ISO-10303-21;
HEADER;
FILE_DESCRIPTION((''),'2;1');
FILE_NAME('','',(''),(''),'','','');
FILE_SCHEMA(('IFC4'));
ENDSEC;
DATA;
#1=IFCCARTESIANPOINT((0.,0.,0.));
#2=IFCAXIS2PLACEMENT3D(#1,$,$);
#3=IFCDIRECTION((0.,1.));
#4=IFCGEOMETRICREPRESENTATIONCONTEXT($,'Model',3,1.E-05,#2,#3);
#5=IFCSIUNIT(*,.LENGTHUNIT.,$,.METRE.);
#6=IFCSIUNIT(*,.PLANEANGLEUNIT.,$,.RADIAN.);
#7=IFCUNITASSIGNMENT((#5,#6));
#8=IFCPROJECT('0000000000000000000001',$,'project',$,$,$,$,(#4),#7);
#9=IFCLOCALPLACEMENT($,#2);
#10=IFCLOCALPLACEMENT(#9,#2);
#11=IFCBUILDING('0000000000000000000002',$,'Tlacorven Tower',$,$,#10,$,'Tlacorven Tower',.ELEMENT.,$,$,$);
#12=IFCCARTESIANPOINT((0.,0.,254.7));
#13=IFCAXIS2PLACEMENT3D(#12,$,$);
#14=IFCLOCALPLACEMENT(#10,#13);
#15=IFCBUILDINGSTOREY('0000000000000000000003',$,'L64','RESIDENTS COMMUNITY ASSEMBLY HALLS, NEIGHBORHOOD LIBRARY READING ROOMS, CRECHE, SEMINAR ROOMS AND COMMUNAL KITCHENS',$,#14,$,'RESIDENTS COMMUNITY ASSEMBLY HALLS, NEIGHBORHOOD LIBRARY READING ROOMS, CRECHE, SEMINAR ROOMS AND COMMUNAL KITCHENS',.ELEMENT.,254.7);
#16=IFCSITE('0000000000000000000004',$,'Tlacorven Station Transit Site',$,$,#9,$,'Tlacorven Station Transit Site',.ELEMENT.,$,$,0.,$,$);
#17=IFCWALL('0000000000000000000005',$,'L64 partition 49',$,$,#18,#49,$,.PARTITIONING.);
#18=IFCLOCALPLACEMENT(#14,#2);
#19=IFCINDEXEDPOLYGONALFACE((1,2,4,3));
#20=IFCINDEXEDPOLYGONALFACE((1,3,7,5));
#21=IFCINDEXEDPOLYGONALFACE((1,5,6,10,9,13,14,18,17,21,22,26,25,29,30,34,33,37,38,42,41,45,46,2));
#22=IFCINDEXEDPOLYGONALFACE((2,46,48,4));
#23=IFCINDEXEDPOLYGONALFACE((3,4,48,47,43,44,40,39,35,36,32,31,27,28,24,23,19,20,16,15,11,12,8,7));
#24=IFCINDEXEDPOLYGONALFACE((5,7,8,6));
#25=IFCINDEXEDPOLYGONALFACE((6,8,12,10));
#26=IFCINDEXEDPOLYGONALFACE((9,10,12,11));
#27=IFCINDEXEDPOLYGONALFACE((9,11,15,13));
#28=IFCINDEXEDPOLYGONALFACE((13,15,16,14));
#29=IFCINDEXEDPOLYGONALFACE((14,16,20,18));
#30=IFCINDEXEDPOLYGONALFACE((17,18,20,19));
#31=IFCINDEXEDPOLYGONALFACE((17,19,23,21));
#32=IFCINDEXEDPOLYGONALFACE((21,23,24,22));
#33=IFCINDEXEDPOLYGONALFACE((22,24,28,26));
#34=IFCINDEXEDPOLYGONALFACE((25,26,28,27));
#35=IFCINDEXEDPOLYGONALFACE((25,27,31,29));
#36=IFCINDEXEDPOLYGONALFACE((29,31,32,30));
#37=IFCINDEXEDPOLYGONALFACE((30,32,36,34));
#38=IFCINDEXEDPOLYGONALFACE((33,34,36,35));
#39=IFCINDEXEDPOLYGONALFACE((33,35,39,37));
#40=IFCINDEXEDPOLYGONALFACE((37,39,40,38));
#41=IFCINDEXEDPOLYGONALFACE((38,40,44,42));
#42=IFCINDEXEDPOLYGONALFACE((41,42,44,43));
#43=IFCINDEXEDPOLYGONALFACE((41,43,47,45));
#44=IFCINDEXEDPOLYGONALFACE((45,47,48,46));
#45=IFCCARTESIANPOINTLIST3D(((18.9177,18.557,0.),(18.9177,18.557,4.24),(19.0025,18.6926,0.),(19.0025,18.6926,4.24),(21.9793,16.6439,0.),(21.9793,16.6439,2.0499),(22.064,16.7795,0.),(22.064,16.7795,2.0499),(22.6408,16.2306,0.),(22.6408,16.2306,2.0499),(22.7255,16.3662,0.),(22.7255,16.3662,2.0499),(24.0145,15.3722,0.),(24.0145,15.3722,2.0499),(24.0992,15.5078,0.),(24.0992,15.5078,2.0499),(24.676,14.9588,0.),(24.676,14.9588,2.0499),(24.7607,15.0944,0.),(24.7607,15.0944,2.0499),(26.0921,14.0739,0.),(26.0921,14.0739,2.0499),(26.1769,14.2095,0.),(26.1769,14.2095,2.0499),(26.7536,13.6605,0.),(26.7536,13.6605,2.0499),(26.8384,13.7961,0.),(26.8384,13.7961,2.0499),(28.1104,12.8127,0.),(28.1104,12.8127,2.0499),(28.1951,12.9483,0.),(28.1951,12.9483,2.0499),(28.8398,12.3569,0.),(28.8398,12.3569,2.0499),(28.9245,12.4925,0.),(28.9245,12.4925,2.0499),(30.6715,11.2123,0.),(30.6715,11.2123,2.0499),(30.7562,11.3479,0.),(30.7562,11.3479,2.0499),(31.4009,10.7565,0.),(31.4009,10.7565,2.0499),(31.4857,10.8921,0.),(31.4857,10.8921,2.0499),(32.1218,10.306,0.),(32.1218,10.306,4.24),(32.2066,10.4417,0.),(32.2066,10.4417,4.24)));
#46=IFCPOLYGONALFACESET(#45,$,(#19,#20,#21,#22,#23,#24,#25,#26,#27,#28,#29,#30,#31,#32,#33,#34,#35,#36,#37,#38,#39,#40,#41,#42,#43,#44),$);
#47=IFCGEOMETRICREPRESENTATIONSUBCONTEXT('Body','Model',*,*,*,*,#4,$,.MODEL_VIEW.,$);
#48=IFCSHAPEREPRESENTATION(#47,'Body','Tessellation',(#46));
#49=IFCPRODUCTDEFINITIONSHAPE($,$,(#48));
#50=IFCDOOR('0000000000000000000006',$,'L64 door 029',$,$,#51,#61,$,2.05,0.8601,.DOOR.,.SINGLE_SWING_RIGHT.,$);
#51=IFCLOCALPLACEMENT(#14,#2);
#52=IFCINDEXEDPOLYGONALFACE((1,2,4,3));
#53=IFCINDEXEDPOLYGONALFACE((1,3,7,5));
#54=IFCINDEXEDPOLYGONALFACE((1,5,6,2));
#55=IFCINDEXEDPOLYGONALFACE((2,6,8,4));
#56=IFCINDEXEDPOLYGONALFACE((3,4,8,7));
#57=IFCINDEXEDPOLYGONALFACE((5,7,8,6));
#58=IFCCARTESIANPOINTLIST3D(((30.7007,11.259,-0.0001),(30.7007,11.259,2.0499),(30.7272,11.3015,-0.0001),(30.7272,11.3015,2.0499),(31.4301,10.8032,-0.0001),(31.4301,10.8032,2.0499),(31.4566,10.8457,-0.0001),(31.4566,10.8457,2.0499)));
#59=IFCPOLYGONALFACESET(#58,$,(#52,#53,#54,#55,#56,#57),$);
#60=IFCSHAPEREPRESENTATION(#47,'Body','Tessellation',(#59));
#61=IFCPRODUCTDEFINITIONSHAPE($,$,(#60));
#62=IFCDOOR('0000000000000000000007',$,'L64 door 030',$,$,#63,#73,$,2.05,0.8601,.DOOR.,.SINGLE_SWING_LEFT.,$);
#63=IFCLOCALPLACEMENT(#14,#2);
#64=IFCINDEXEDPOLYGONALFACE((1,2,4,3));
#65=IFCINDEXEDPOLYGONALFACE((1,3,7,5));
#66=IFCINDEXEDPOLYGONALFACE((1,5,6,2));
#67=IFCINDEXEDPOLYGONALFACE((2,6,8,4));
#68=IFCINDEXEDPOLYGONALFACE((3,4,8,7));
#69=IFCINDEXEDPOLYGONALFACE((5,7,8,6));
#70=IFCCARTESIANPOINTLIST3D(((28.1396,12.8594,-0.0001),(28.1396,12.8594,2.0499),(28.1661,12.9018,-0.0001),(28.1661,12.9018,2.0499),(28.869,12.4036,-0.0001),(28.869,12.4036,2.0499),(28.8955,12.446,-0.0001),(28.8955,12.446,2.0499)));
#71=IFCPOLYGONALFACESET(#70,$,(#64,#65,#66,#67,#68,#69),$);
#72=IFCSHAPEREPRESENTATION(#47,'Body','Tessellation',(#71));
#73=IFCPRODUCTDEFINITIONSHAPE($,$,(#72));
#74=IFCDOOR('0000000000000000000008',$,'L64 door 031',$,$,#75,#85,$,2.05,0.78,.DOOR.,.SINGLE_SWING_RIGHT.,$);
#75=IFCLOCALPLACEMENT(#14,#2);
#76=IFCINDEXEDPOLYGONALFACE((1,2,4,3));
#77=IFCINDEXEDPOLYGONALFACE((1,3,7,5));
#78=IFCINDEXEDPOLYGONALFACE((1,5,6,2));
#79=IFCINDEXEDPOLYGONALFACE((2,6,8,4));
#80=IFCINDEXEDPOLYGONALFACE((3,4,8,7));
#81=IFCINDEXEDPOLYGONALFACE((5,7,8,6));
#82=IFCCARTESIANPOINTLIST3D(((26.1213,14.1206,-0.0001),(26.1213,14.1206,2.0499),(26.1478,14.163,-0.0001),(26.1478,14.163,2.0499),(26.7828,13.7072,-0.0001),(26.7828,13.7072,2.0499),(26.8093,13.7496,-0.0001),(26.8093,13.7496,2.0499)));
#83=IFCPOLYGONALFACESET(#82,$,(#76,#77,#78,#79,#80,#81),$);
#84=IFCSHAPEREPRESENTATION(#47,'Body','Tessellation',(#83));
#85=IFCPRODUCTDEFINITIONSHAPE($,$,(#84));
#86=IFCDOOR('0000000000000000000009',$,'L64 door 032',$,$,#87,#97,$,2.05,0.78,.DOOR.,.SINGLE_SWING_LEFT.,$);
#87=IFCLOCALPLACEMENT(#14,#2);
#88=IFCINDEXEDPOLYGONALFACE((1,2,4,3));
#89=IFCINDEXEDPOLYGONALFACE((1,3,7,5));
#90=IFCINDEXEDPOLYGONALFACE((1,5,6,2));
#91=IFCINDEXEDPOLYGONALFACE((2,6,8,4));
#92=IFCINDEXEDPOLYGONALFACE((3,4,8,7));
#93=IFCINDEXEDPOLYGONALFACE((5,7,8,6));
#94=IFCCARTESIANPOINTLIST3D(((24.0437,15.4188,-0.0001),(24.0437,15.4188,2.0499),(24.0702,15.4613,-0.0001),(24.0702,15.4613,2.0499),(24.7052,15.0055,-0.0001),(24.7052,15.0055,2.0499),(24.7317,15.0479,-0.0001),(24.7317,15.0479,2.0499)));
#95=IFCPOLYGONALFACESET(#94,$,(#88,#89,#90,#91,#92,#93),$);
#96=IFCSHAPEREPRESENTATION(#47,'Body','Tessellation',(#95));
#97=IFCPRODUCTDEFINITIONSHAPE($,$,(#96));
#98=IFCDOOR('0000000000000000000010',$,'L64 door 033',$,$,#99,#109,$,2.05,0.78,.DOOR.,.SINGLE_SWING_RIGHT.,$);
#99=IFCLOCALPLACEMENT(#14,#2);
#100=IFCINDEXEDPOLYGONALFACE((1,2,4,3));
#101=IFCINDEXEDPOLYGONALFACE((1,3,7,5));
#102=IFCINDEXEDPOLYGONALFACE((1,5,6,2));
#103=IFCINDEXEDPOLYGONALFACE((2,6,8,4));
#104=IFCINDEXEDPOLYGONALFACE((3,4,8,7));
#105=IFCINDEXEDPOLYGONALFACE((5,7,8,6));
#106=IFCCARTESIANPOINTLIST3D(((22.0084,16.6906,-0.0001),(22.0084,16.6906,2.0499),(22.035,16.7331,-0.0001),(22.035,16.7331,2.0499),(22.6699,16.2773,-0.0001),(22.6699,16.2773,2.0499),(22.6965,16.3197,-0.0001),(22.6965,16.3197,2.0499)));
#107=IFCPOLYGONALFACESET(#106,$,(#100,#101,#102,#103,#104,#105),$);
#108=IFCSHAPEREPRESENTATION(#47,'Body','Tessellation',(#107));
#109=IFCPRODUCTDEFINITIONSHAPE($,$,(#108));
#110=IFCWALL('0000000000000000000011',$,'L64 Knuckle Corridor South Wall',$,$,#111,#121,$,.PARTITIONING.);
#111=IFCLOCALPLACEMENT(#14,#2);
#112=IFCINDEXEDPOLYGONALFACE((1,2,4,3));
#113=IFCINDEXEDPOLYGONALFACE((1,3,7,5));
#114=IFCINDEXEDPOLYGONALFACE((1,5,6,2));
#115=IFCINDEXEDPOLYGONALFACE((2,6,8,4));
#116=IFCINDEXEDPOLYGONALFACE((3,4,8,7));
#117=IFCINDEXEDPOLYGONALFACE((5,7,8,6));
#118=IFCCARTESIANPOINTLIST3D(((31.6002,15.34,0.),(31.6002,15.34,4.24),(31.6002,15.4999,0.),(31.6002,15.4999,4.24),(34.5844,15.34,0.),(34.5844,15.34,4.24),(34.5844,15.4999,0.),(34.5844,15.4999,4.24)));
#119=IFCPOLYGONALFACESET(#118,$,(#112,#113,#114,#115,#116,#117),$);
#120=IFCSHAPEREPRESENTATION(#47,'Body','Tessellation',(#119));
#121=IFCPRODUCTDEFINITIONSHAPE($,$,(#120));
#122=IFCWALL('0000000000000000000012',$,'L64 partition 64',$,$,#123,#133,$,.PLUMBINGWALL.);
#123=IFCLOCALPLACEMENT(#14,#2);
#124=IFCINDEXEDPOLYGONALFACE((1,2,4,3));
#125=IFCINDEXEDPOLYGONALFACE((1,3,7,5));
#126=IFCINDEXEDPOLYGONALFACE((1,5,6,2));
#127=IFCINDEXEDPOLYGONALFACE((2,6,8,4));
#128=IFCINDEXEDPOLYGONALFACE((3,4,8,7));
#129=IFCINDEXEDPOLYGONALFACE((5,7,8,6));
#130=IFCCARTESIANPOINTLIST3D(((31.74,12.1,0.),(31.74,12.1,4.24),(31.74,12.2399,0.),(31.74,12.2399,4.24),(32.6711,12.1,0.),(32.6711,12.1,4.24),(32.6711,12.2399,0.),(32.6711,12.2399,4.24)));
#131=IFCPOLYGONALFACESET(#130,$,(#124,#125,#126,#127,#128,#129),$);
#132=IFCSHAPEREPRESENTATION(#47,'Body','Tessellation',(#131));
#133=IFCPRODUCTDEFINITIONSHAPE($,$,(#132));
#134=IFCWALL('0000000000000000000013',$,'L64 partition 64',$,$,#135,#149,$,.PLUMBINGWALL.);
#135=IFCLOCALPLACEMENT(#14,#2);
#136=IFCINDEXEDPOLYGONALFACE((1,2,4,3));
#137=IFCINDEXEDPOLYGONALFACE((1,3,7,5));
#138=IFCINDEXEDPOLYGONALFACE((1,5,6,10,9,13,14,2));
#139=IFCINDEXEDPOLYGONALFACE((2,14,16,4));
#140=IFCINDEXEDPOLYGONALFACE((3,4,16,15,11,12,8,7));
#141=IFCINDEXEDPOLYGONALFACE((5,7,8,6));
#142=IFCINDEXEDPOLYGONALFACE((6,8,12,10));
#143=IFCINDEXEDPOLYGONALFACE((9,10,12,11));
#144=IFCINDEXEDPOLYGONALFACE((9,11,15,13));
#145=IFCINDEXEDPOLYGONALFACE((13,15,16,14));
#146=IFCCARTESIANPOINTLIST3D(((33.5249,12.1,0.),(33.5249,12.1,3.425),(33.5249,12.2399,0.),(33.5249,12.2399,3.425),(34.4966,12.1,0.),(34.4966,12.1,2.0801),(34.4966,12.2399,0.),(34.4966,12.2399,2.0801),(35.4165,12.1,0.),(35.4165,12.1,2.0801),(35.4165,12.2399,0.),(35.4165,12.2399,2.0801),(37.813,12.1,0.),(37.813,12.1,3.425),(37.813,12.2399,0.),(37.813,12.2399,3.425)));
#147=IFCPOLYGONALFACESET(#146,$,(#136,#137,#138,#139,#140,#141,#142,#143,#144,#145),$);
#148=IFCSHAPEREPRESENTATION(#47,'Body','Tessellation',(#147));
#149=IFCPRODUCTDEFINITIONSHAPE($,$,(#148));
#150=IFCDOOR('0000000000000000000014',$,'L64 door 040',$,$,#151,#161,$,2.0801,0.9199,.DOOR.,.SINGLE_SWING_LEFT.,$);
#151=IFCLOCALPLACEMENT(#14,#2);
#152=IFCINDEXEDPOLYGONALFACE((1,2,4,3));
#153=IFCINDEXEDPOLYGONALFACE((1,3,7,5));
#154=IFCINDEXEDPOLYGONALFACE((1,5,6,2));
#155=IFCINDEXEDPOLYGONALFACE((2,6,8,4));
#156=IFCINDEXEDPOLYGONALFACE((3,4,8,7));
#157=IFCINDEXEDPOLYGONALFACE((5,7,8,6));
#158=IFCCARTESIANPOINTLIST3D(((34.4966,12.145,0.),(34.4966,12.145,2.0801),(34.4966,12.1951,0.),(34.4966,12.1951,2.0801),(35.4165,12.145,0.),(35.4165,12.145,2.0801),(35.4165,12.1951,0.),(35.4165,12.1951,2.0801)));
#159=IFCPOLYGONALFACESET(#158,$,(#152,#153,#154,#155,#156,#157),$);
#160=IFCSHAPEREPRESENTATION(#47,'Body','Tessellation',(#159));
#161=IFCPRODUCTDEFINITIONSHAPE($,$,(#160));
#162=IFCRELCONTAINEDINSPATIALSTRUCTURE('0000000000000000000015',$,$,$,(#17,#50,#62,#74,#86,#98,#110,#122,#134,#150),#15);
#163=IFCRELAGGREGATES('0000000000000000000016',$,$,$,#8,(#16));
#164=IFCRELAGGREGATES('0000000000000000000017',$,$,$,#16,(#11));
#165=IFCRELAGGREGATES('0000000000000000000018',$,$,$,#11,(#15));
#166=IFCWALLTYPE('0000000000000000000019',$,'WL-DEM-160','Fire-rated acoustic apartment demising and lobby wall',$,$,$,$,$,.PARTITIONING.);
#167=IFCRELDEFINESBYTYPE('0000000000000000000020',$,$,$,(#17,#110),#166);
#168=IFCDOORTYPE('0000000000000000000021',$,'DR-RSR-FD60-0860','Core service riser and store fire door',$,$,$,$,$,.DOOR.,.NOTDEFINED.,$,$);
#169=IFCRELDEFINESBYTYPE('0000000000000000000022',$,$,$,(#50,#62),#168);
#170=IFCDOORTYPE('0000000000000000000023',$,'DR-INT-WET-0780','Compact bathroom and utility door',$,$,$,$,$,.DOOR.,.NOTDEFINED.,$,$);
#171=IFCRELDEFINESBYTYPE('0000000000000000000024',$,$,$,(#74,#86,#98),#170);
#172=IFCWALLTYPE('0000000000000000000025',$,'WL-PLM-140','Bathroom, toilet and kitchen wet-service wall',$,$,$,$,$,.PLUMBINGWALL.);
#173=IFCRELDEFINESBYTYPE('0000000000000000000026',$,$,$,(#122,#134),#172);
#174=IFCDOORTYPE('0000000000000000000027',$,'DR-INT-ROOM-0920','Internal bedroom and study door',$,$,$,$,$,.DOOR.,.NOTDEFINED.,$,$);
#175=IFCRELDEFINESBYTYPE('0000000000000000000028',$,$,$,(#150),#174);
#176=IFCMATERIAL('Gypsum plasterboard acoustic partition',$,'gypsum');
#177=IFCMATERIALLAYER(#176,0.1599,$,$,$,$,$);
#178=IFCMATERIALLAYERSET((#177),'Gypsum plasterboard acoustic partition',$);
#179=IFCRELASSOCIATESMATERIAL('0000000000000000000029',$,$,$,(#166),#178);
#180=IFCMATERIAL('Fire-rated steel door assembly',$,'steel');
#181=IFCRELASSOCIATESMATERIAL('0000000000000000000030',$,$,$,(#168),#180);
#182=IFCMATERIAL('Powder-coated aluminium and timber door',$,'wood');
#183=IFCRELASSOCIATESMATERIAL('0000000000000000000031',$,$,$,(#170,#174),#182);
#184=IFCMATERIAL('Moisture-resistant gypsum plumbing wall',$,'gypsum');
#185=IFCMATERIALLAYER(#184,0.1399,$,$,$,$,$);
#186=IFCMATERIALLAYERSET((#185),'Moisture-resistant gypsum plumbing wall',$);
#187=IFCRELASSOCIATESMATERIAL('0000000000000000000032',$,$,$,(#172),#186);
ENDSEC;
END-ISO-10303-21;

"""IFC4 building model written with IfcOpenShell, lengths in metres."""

from ifc_helpers import new_model, si_unit, direction, frame, frame_2d, origin, place, context, subcontext, project, spatial, rectangle, extrude, source, transform, mapped, material, layer, layer_set, type_object, element, fill, save


model = new_model("IFC4")

# Units and contexts
model_context = context("Model", 3, precision=1e-05, world=origin(), true_north=direction((0.0, 1.0)))
body_context = subcontext(model_context, "Body", "Model", "MODEL_VIEW")
ifc_project = project(units=[si_unit("LENGTHUNIT", "METRE"), si_unit("PLANEANGLEUNIT", "RADIAN")], contexts=[model_context])

# Site, building, storey
site_placement = place(None, origin())
site = spatial("IfcSite", under=ifc_project, at=site_placement, Name="Tlacorven Station Transit Site", LongName="Tlacorven Station Transit Site", CompositionType="ELEMENT", RefElevation=0.0)
building_placement = place(site_placement, origin())
building = spatial("IfcBuilding", under=site, at=building_placement, Name="Tlacorven Tower", LongName="Tlacorven Tower", CompositionType="ELEMENT")
storey_placement = place(building_placement, frame((0.0, 0.0, 254.7)))
storey = spatial("IfcBuildingStorey", under=building, at=storey_placement, Name="L64", Description="RESIDENTS COMMUNITY ASSEMBLY HALLS, NEIGHBORHOOD LIBRARY READING ROOMS, CRECHE, SEMINAR ROOMS AND COMMUNAL KITCHENS", LongName="RESIDENTS COMMUNITY ASSEMBLY HALLS, NEIGHBORHOOD LIBRARY READING ROOMS, CRECHE, SEMINAR ROOMS AND COMMUNAL KITCHENS", CompositionType="ELEMENT", Elevation=254.7)

# Wall, openings, doors
ifc_material_1 = material(Name="Gypsum plasterboard acoustic partition", Category="gypsum")
ifc_layer_1 = layer(ifc_material_1, 0.1599)
ifc_layer_set_1 = layer_set([ifc_layer_1], Name="Gypsum plasterboard acoustic partition")
wall_type_1 = type_object("IfcWallType", Name="WL-DEM-160", Description="Fire-rated acoustic apartment demising and lobby wall", PredefinedType="PARTITIONING", material=ifc_layer_set_1)
wall_1_placement = place(storey_placement, frame((32.1643, 10.3738, 0.0), z_axis=(0.0, 0.0, 1.0), x_axis=(-0.848044, 0.529926, 0.0)))
wall_1 = element("IfcWall", 1, at=wall_1_placement, inside=storey, type_object=wall_type_1, Name="L64 partition 49", PredefinedType="PARTITIONING", context=body_context, shape_type="SweptSolid", body=[
    extrude(rectangle(XDim=15.5701, YDim=0.1599, at=frame_2d((7.7852, 0.0))), origin(), (0.0, 0.0, 1.0), 4.24),
])
opening_1_placement = place(wall_1_placement, frame((0.8501, 0.0, 0.0)))
opening_1 = element("IfcOpeningElement", 2, at=opening_1_placement, cuts=wall_1, PredefinedType="OPENING", context=body_context, shape_type="SweptSolid", body=[
    extrude(rectangle(XDim=0.8601, YDim=2.05, at=frame_2d((0.4302, 1.0249))), frame((0.0, 0.0898, 0.0), z_axis=(0.0, -1.0, 0.0), x_axis=(1.0, 0.0, 0.0)), (0.0, 0.0, 1.0), 0.1799),
])
opening_2_placement = place(wall_1_placement, frame((3.8701, 0.0, 0.0)))
opening_2 = element("IfcOpeningElement", 3, at=opening_2_placement, cuts=wall_1, PredefinedType="OPENING", context=body_context, shape_type="SweptSolid", body=[
    extrude(rectangle(XDim=0.8601, YDim=2.05, at=frame_2d((0.4302, 1.0249))), frame((0.0, 0.0898, 0.0), z_axis=(0.0, -1.0, 0.0), x_axis=(1.0, 0.0, 0.0)), (0.0, 0.0, 1.0), 0.1799),
])
opening_3_placement = place(wall_1_placement, frame((6.3301, 0.0, 0.0)))
opening_3 = element("IfcOpeningElement", 4, at=opening_3_placement, cuts=wall_1, PredefinedType="OPENING", context=body_context, shape_type="SweptSolid", body=[
    extrude(rectangle(XDim=0.78, YDim=2.05, at=frame_2d((0.3901, 1.0249))), frame((0.0, 0.0898, 0.0), z_axis=(0.0, -1.0, 0.0), x_axis=(1.0, 0.0, 0.0)), (0.0, 0.0, 1.0), 0.1799),
])
opening_4_placement = place(wall_1_placement, frame((8.78, 0.0, 0.0)))
opening_4 = element("IfcOpeningElement", 5, at=opening_4_placement, cuts=wall_1, PredefinedType="OPENING", context=body_context, shape_type="SweptSolid", body=[
    extrude(rectangle(XDim=0.78, YDim=2.05, at=frame_2d((0.3901, 1.0249))), frame((0.0, 0.0898, 0.0), z_axis=(0.0, -1.0, 0.0), x_axis=(1.0, 0.0, 0.0)), (0.0, 0.0, 1.0), 0.1799),
])
opening_5_placement = place(wall_1_placement, frame((11.1799, 0.0, 0.0)))
opening_5 = element("IfcOpeningElement", 6, at=opening_5_placement, cuts=wall_1, PredefinedType="OPENING", context=body_context, shape_type="SweptSolid", body=[
    extrude(rectangle(XDim=0.78, YDim=2.05, at=frame_2d((0.3901, 1.0249))), frame((0.0, 0.0898, 0.0), z_axis=(0.0, -1.0, 0.0), x_axis=(1.0, 0.0, 0.0)), (0.0, 0.0, 1.0), 0.1799),
])
ifc_material_2 = material(Name="Fire-rated steel door assembly", Category="steel")
door_type_1 = type_object("IfcDoorType", Name="DR-RSR-FD60-0860", Description="Core service riser and store fire door", OperationType="NOTDEFINED", PredefinedType="DOOR", material=ifc_material_2)
shared_shape_1 = source(origin(), body_context, "Body", "SweptSolid", [
    extrude(rectangle(XDim=0.8601, YDim=2.05, at=frame_2d((0.4302, 1.0249))), frame((0.0, 0.0249, 0.0), z_axis=(0.0, -1.0, 0.0), x_axis=(1.0, 0.0, 0.0)), (0.0, 0.0, 1.0), 0.05),
])
door_1_placement = place(opening_1_placement, origin())
door_1 = element("IfcDoor", 7, at=door_1_placement, inside=storey, type_object=door_type_1, Name="L64 door 029", OperationType="SINGLE_SWING_RIGHT", OverallHeight=2.05, OverallWidth=0.8601, PredefinedType="DOOR", context=body_context, shape_type="MappedRepresentation", body=[
    mapped(shared_shape_1, transform((0.0, 0.0, 0.0), scale=1.0)),
])
fill(opening_1, door_1)
door_2_placement = place(opening_2_placement, origin())
door_2 = element("IfcDoor", 8, at=door_2_placement, inside=storey, type_object=door_type_1, Name="L64 door 030", OperationType="SINGLE_SWING_LEFT", OverallHeight=2.05, OverallWidth=0.8601, PredefinedType="DOOR", context=body_context, shape_type="MappedRepresentation", body=[
    mapped(shared_shape_1, transform((0.0, 0.0, 0.0), scale=1.0)),
])
fill(opening_2, door_2)
ifc_material_3 = material(Name="Powder-coated aluminium and timber door", Category="wood")
door_type_2 = type_object("IfcDoorType", Name="DR-INT-WET-0780", Description="Compact bathroom and utility door", OperationType="NOTDEFINED", PredefinedType="DOOR", material=ifc_material_3)
shared_shape_2 = source(origin(), body_context, "Body", "SweptSolid", [
    extrude(rectangle(XDim=0.78, YDim=2.05, at=frame_2d((0.3901, 1.0249))), frame((0.0, 0.0249, 0.0), z_axis=(0.0, -1.0, 0.0), x_axis=(1.0, 0.0, 0.0)), (0.0, 0.0, 1.0), 0.05),
])
door_3_placement = place(opening_3_placement, origin())
door_3 = element("IfcDoor", 9, at=door_3_placement, inside=storey, type_object=door_type_2, Name="L64 door 031", OperationType="SINGLE_SWING_RIGHT", OverallHeight=2.05, OverallWidth=0.78, PredefinedType="DOOR", context=body_context, shape_type="MappedRepresentation", body=[
    mapped(shared_shape_2, transform((0.0, 0.0, 0.0), scale=1.0)),
])
fill(opening_3, door_3)
door_4_placement = place(opening_4_placement, origin())
door_4 = element("IfcDoor", 10, at=door_4_placement, inside=storey, type_object=door_type_2, Name="L64 door 032", OperationType="SINGLE_SWING_LEFT", OverallHeight=2.05, OverallWidth=0.78, PredefinedType="DOOR", context=body_context, shape_type="MappedRepresentation", body=[
    mapped(shared_shape_2, transform((0.0, 0.0, 0.0), scale=1.0)),
])
fill(opening_4, door_4)
door_5_placement = place(opening_5_placement, origin())
door_5 = element("IfcDoor", 11, at=door_5_placement, inside=storey, type_object=door_type_2, Name="L64 door 033", OperationType="SINGLE_SWING_RIGHT", OverallHeight=2.05, OverallWidth=0.78, PredefinedType="DOOR", context=body_context, shape_type="MappedRepresentation", body=[
    mapped(shared_shape_2, transform((0.0, 0.0, 0.0), scale=1.0)),
])
fill(opening_5, door_5)

# Walls
wall_2_placement = place(storey_placement, frame((31.6001, 15.4199, 0.0), z_axis=(0.0, 0.0, 1.0), x_axis=(1.0, 0.0, 0.0)))
element("IfcWall", 12, at=wall_2_placement, inside=storey, type_object=wall_type_1, Name="L64 Knuckle Corridor South Wall", PredefinedType="PARTITIONING", context=body_context, shape_type="SweptSolid", body=[
    extrude(rectangle(XDim=2.9841, YDim=0.1599, at=frame_2d((1.4922, 0.0))), origin(), (0.0, 0.0, 1.0), 4.24),
])
ifc_material_4 = material(Name="Moisture-resistant gypsum plumbing wall", Category="gypsum")
ifc_layer_2 = layer(ifc_material_4, 0.1399)
ifc_layer_set_2 = layer_set([ifc_layer_2], Name="Moisture-resistant gypsum plumbing wall")
wall_type_2 = type_object("IfcWallType", Name="WL-PLM-140", Description="Bathroom, toilet and kitchen wet-service wall", PredefinedType="PLUMBINGWALL", material=ifc_layer_set_2)
wall_3_placement = place(storey_placement, frame((31.74, 12.1699, 0.0), z_axis=(0.0, 0.0, 1.0), x_axis=(1.0, 0.0, 0.0)))
element("IfcWall", 13, at=wall_3_placement, inside=storey, type_object=wall_type_2, Name="L64 partition 64", PredefinedType="PLUMBINGWALL", context=body_context, shape_type="SweptSolid", body=[
    extrude(rectangle(XDim=0.9312, YDim=0.1399, at=frame_2d((0.4656, 0.0))), origin(), (0.0, 0.0, 1.0), 4.24),
])

# Wall, opening, door
wall_4_placement = place(storey_placement, frame((33.5249, 12.1699, 0.0), z_axis=(0.0, 0.0, 1.0), x_axis=(1.0, 0.0, 0.0)))
wall_4 = element("IfcWall", 14, at=wall_4_placement, inside=storey, type_object=wall_type_2, Name="L64 partition 64", PredefinedType="PLUMBINGWALL", context=body_context, shape_type="SweptSolid", body=[
    extrude(rectangle(XDim=4.2881, YDim=0.1399, at=frame_2d((2.144, 0.0))), origin(), (0.0, 0.0, 1.0), 3.425),
])
opening_6_placement = place(wall_4_placement, frame((0.9717, 0.0, 0.0)))
opening_6 = element("IfcOpeningElement", 15, at=opening_6_placement, cuts=wall_4, PredefinedType="OPENING", context=body_context, shape_type="SweptSolid", body=[
    extrude(rectangle(XDim=0.9199, YDim=2.0801, at=frame_2d((0.46, 1.04))), frame((0.0, 0.0801, 0.0), z_axis=(0.0, -1.0, 0.0), x_axis=(1.0, 0.0, 0.0)), (0.0, 0.0, 1.0), 0.1599),
])
door_type_3 = type_object("IfcDoorType", Name="DR-INT-ROOM-0920", Description="Internal bedroom and study door", OperationType="NOTDEFINED", PredefinedType="DOOR", material=ifc_material_3)
shared_shape_3 = source(origin(), body_context, "Body", "SweptSolid", [
    extrude(rectangle(XDim=0.9199, YDim=2.0801, at=frame_2d((0.46, 1.04))), frame((0.0, 0.0249, 0.0), z_axis=(0.0, -1.0, 0.0), x_axis=(1.0, 0.0, 0.0)), (0.0, 0.0, 1.0), 0.05),
])
door_6_placement = place(opening_6_placement, frame((0.9199, 0.0, 0.0), z_axis=(0.0, 0.0, 1.0), x_axis=(-1.0, 0.0, 0.0)))
door_6 = element("IfcDoor", 16, at=door_6_placement, inside=storey, type_object=door_type_3, Name="L64 door 040", OperationType="SINGLE_SWING_LEFT", OverallHeight=2.0801, OverallWidth=0.9199, PredefinedType="DOOR", context=body_context, shape_type="MappedRepresentation", body=[
    mapped(shared_shape_3, transform((0.0, 0.0, 0.0), scale=1.0)),
])
fill(opening_6, door_6)

save(model, "model.ifc")
